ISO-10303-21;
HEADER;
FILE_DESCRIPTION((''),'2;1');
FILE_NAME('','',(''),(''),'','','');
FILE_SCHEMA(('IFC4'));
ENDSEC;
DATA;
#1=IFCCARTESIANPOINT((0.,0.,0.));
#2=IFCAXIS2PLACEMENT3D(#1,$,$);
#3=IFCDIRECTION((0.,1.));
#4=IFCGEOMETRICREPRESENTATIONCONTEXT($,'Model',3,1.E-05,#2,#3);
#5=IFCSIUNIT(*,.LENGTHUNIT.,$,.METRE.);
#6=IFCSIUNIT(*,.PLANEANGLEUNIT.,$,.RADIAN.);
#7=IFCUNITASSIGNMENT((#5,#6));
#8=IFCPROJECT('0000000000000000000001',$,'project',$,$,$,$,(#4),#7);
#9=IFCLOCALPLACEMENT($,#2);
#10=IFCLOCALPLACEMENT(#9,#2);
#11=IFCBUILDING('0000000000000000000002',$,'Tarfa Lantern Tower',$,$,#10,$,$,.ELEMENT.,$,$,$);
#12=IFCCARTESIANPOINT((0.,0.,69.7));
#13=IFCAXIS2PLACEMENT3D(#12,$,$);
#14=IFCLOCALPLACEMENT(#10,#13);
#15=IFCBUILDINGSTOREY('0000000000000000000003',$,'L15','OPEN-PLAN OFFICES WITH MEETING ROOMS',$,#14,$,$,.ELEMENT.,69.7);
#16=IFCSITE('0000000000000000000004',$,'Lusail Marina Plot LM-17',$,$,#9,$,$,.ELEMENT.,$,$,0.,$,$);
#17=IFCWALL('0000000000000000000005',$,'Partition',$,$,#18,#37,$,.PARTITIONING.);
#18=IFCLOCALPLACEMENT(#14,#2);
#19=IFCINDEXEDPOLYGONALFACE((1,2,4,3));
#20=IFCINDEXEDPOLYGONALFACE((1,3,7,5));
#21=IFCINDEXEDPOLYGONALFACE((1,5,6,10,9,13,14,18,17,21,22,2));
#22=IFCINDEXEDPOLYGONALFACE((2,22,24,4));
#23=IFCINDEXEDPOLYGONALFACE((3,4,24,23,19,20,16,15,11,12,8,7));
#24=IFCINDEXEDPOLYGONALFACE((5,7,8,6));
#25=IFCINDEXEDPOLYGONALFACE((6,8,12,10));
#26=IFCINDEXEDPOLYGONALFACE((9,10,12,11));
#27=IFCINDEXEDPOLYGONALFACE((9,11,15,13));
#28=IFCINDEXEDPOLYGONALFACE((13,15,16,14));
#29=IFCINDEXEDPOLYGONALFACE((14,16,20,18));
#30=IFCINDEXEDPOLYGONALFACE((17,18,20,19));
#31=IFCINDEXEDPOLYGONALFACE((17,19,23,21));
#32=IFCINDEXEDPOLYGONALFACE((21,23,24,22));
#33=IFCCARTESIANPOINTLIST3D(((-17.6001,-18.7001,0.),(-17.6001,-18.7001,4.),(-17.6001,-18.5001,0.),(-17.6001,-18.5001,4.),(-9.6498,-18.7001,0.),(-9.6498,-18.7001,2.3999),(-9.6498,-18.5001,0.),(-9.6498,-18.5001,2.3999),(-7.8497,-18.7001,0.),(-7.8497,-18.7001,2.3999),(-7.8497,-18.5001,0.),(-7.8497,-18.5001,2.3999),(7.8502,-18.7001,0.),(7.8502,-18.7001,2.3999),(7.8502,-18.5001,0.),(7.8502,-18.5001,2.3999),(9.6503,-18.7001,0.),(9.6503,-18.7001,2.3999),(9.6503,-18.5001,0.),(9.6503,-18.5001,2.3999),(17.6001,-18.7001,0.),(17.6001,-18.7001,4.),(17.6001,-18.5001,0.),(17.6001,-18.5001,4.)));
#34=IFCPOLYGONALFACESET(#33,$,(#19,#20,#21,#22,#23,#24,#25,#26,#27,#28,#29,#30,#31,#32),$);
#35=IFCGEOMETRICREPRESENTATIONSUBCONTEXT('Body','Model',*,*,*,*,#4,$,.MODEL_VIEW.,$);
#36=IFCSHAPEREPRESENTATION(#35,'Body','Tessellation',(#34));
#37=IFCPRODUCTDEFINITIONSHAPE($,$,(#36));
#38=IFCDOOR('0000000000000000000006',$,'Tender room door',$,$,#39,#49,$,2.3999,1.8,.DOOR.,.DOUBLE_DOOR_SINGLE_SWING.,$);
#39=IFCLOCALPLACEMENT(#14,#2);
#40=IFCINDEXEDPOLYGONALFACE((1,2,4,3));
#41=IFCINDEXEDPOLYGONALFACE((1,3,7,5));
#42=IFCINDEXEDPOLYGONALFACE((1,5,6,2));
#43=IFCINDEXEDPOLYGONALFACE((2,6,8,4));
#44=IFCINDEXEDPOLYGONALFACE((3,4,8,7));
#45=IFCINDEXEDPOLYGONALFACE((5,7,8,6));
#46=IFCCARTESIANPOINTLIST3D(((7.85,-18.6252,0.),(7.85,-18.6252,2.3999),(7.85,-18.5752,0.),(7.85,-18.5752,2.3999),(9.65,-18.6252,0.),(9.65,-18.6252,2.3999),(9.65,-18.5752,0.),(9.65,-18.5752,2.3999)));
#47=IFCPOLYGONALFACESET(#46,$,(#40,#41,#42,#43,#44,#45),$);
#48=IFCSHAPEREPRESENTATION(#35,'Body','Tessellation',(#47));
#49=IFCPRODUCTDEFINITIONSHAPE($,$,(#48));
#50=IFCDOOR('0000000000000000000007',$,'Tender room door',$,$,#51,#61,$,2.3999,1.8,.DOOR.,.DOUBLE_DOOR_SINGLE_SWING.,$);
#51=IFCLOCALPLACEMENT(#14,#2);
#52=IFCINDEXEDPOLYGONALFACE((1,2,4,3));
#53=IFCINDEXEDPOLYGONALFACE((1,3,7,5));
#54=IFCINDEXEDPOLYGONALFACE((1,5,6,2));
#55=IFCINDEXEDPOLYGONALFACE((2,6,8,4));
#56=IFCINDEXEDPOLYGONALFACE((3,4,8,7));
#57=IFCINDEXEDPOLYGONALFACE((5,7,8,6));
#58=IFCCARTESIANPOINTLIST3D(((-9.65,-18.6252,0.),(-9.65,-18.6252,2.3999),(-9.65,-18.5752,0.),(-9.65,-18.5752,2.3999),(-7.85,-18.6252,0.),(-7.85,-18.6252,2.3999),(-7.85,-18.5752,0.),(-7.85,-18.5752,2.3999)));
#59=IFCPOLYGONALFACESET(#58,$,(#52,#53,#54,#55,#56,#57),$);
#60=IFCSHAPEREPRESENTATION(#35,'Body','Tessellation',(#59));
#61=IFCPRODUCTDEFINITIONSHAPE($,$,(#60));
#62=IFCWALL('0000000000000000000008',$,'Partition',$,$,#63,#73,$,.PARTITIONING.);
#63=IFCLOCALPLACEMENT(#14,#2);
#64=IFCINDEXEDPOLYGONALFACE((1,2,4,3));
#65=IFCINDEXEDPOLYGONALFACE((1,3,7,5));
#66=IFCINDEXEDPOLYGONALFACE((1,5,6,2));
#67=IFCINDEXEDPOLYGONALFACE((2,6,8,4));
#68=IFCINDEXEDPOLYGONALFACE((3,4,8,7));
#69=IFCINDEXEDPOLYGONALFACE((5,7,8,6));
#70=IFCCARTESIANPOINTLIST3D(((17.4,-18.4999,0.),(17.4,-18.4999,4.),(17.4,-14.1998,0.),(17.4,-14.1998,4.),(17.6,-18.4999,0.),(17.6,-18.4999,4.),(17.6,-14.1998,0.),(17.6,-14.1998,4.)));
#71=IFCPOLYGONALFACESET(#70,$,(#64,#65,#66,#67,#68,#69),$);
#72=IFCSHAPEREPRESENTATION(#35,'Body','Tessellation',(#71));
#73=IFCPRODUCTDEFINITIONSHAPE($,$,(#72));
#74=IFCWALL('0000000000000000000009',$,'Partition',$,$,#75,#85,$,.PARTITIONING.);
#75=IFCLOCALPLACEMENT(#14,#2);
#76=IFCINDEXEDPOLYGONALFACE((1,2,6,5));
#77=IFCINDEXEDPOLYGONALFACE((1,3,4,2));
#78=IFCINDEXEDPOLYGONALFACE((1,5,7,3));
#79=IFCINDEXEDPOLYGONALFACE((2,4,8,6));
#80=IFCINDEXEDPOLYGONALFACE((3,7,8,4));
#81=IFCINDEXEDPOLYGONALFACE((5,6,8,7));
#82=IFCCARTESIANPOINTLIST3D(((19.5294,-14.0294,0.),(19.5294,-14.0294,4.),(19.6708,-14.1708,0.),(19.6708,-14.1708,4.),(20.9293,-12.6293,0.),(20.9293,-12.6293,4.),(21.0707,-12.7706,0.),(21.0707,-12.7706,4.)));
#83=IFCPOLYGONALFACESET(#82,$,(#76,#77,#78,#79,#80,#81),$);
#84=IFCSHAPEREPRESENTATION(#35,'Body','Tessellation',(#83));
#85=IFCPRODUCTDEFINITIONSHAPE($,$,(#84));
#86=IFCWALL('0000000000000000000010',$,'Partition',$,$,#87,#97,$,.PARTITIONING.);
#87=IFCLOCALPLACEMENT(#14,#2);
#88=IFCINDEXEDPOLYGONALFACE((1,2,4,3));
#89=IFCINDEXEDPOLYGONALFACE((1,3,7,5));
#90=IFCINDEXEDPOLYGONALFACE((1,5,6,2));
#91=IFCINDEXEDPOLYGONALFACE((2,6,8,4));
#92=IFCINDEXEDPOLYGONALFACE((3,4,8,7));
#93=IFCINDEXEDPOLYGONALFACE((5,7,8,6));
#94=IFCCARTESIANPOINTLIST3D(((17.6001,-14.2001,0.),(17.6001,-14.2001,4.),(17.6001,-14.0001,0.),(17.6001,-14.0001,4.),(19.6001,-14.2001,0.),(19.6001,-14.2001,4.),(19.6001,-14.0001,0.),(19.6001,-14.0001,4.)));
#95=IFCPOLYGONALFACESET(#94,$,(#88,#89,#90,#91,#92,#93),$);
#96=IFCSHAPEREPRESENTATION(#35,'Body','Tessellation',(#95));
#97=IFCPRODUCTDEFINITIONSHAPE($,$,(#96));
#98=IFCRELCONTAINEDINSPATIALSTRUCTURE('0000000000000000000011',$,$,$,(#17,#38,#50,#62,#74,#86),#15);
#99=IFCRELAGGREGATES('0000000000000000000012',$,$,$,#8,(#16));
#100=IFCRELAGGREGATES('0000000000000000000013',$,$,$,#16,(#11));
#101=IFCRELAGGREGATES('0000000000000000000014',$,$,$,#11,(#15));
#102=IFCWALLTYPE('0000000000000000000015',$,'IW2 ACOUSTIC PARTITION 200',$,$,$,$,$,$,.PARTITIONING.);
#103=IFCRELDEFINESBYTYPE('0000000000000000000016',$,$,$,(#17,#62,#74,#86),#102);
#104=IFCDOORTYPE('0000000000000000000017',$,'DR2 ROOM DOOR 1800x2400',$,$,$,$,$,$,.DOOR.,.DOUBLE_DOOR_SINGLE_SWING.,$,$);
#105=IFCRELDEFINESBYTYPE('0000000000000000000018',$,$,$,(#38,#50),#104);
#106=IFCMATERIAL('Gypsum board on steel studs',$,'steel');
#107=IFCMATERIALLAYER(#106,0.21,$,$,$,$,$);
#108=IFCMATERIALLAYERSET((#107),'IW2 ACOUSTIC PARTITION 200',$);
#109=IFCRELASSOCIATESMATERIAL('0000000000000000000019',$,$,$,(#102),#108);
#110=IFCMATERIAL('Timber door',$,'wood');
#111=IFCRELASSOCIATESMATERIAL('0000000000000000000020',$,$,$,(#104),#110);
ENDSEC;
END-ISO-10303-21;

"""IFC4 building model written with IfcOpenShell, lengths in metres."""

from ifc_helpers import new_model, si_unit, direction, frame, frame_2d, origin, place, context, subcontext, project, spatial, rectangle, extrude, material, layer, layer_set, type_object, element, fill, save


model = new_model("IFC4")

# Units and contexts
model_context = context("Model", 3, precision=1e-05, world=origin(), true_north=direction((0.0, 1.0)))
body_context = subcontext(model_context, "Body", "Model", "MODEL_VIEW")
ifc_project = project(units=[si_unit("LENGTHUNIT", "METRE"), si_unit("PLANEANGLEUNIT", "RADIAN")], contexts=[model_context])

# Site, building, storey
site_placement = place(None, origin())
site = spatial("IfcSite", under=ifc_project, at=site_placement, Name="Lusail Marina Plot LM-17", CompositionType="ELEMENT", RefElevation=0.0)
building_placement = place(site_placement, origin())
building = spatial("IfcBuilding", under=site, at=building_placement, Name="Tarfa Lantern Tower", CompositionType="ELEMENT")
storey_placement = place(building_placement, frame((0.0, 0.0, 69.7)))
storey = spatial("IfcBuildingStorey", under=building, at=storey_placement, Name="L15", Description="OPEN-PLAN OFFICES WITH MEETING ROOMS", CompositionType="ELEMENT", Elevation=69.7)

# Shared definitions
ifc_material_1 = material(Name="Gypsum board on steel studs", Category="steel")
ifc_layer_1 = layer(ifc_material_1, 0.21)
ifc_layer_set_1 = layer_set([ifc_layer_1], Name="IW2 ACOUSTIC PARTITION 200")
wall_type_1 = type_object("IfcWallType", Name="IW2 ACOUSTIC PARTITION 200", PredefinedType="PARTITIONING", material=ifc_layer_set_1)

# Wall, openings, doors
wall_1_placement = place(storey_placement, frame((17.6001, -18.6001, 0.0), z_axis=(0.0, 0.0, 1.0), x_axis=(-1.0, 0.0, 0.0)))
wall_1 = element("IfcWall", 1, at=wall_1_placement, inside=storey, type_object=wall_type_1, Name="Partition", PredefinedType="PARTITIONING", context=body_context, shape_type="SweptSolid", body=[
    extrude(rectangle(XDim=35.2002, YDim=0.2, at=frame_2d((17.6001, 0.0))), origin(), (0.0, 0.0, 1.0), 4.0),
])
opening_1_placement = place(wall_1_placement, frame((7.95, 0.0, 0.0)))
opening_1 = element("IfcOpeningElement", 2, at=opening_1_placement, cuts=wall_1, PredefinedType="OPENING", context=body_context, shape_type="SweptSolid", body=[
    extrude(rectangle(XDim=1.8, YDim=2.3999, at=frame_2d((0.8999, 1.2))), frame((0.0, 0.1099, 0.0), z_axis=(0.0, -1.0, 0.0), x_axis=(1.0, 0.0, 0.0)), (0.0, 0.0, 1.0), 0.22),
])
opening_2_placement = place(wall_1_placement, frame((25.45, 0.0, 0.0)))
opening_2 = element("IfcOpeningElement", 3, at=opening_2_placement, cuts=wall_1, PredefinedType="OPENING", context=body_context, shape_type="SweptSolid", body=[
    extrude(rectangle(XDim=1.8, YDim=2.3999, at=frame_2d((0.8999, 1.2))), frame((0.0, 0.1099, 0.0), z_axis=(0.0, -1.0, 0.0), x_axis=(1.0, 0.0, 0.0)), (0.0, 0.0, 1.0), 0.22),
])
ifc_material_2 = material(Name="Timber door", Category="wood")
door_type_1 = type_object("IfcDoorType", Name="DR2 ROOM DOOR 1800x2400", OperationType="DOUBLE_DOOR_SINGLE_SWING", PredefinedType="DOOR", material=ifc_material_2)
door_1_placement = place(opening_1_placement, frame((1.8, 0.0, 0.0), z_axis=(0.0, 0.0, 1.0), x_axis=(-1.0, 0.0, 0.0)))
door_1 = element("IfcDoor", 4, at=door_1_placement, inside=storey, type_object=door_type_1, Name="Tender room door", OperationType="DOUBLE_DOOR_SINGLE_SWING", OverallHeight=2.3999, OverallWidth=1.8, PredefinedType="DOOR", context=body_context, shape_type="SweptSolid", body=[
    extrude(rectangle(XDim=1.8, YDim=2.3999, at=frame_2d((0.8999, 1.2))), frame((0.0, 0.0249, 0.0), z_axis=(0.0, -1.0, 0.0), x_axis=(1.0, 0.0, 0.0)), (0.0, 0.0, 1.0), 0.05),
])
fill(opening_1, door_1)
door_2_placement = place(opening_2_placement, frame((1.8, 0.0, 0.0), z_axis=(0.0, 0.0, 1.0), x_axis=(-1.0, 0.0, 0.0)))
door_2 = element("IfcDoor", 5, at=door_2_placement, inside=storey, type_object=door_type_1, Name="Tender room door", OperationType="DOUBLE_DOOR_SINGLE_SWING", OverallHeight=2.3999, OverallWidth=1.8, PredefinedType="DOOR", context=body_context, shape_type="SweptSolid", body=[
    extrude(rectangle(XDim=1.8, YDim=2.3999, at=frame_2d((0.8999, 1.2))), frame((0.0, 0.0249, 0.0), z_axis=(0.0, -1.0, 0.0), x_axis=(1.0, 0.0, 0.0)), (0.0, 0.0, 1.0), 0.05),
])
fill(opening_2, door_2)

# Walls
wall_2_placement = place(storey_placement, frame((17.5, -14.2, 0.0), z_axis=(0.0, 0.0, 1.0), x_axis=(0.0, -1.0, 0.0)))
element("IfcWall", 6, at=wall_2_placement, inside=storey, type_object=wall_type_1, Name="Partition", PredefinedType="PARTITIONING", context=body_context, shape_type="SweptSolid", body=[
    extrude(rectangle(XDim=4.3, YDim=0.2, at=frame_2d((2.1499, 0.0))), origin(), (0.0, 0.0, 1.0), 4.0),
])
wall_3_placement = place(storey_placement, frame((21.0, -12.7, 0.0), z_axis=(0.0, 0.0, 1.0), x_axis=(-0.707045, -0.707168, 0.0)))
element("IfcWall", 7, at=wall_3_placement, inside=storey, type_object=wall_type_1, Name="Partition", PredefinedType="PARTITIONING", context=body_context, shape_type="SweptSolid", body=[
    extrude(rectangle(XDim=1.98, YDim=0.2, at=frame_2d((0.99, 0.0))), origin(), (0.0, 0.0, 1.0), 4.0),
])
wall_4_placement = place(storey_placement, frame((19.6001, -14.1001, 0.0), z_axis=(0.0, 0.0, 1.0), x_axis=(-1.0, 0.0, 0.0)))
element("IfcWall", 8, at=wall_4_placement, inside=storey, type_object=wall_type_1, Name="Partition", PredefinedType="PARTITIONING", context=body_context, shape_type="SweptSolid", body=[
    extrude(rectangle(XDim=2.0, YDim=0.2, at=frame_2d((1.0, 0.0))), origin(), (0.0, 0.0, 1.0), 4.0),
])

save(model, "model.ifc")
